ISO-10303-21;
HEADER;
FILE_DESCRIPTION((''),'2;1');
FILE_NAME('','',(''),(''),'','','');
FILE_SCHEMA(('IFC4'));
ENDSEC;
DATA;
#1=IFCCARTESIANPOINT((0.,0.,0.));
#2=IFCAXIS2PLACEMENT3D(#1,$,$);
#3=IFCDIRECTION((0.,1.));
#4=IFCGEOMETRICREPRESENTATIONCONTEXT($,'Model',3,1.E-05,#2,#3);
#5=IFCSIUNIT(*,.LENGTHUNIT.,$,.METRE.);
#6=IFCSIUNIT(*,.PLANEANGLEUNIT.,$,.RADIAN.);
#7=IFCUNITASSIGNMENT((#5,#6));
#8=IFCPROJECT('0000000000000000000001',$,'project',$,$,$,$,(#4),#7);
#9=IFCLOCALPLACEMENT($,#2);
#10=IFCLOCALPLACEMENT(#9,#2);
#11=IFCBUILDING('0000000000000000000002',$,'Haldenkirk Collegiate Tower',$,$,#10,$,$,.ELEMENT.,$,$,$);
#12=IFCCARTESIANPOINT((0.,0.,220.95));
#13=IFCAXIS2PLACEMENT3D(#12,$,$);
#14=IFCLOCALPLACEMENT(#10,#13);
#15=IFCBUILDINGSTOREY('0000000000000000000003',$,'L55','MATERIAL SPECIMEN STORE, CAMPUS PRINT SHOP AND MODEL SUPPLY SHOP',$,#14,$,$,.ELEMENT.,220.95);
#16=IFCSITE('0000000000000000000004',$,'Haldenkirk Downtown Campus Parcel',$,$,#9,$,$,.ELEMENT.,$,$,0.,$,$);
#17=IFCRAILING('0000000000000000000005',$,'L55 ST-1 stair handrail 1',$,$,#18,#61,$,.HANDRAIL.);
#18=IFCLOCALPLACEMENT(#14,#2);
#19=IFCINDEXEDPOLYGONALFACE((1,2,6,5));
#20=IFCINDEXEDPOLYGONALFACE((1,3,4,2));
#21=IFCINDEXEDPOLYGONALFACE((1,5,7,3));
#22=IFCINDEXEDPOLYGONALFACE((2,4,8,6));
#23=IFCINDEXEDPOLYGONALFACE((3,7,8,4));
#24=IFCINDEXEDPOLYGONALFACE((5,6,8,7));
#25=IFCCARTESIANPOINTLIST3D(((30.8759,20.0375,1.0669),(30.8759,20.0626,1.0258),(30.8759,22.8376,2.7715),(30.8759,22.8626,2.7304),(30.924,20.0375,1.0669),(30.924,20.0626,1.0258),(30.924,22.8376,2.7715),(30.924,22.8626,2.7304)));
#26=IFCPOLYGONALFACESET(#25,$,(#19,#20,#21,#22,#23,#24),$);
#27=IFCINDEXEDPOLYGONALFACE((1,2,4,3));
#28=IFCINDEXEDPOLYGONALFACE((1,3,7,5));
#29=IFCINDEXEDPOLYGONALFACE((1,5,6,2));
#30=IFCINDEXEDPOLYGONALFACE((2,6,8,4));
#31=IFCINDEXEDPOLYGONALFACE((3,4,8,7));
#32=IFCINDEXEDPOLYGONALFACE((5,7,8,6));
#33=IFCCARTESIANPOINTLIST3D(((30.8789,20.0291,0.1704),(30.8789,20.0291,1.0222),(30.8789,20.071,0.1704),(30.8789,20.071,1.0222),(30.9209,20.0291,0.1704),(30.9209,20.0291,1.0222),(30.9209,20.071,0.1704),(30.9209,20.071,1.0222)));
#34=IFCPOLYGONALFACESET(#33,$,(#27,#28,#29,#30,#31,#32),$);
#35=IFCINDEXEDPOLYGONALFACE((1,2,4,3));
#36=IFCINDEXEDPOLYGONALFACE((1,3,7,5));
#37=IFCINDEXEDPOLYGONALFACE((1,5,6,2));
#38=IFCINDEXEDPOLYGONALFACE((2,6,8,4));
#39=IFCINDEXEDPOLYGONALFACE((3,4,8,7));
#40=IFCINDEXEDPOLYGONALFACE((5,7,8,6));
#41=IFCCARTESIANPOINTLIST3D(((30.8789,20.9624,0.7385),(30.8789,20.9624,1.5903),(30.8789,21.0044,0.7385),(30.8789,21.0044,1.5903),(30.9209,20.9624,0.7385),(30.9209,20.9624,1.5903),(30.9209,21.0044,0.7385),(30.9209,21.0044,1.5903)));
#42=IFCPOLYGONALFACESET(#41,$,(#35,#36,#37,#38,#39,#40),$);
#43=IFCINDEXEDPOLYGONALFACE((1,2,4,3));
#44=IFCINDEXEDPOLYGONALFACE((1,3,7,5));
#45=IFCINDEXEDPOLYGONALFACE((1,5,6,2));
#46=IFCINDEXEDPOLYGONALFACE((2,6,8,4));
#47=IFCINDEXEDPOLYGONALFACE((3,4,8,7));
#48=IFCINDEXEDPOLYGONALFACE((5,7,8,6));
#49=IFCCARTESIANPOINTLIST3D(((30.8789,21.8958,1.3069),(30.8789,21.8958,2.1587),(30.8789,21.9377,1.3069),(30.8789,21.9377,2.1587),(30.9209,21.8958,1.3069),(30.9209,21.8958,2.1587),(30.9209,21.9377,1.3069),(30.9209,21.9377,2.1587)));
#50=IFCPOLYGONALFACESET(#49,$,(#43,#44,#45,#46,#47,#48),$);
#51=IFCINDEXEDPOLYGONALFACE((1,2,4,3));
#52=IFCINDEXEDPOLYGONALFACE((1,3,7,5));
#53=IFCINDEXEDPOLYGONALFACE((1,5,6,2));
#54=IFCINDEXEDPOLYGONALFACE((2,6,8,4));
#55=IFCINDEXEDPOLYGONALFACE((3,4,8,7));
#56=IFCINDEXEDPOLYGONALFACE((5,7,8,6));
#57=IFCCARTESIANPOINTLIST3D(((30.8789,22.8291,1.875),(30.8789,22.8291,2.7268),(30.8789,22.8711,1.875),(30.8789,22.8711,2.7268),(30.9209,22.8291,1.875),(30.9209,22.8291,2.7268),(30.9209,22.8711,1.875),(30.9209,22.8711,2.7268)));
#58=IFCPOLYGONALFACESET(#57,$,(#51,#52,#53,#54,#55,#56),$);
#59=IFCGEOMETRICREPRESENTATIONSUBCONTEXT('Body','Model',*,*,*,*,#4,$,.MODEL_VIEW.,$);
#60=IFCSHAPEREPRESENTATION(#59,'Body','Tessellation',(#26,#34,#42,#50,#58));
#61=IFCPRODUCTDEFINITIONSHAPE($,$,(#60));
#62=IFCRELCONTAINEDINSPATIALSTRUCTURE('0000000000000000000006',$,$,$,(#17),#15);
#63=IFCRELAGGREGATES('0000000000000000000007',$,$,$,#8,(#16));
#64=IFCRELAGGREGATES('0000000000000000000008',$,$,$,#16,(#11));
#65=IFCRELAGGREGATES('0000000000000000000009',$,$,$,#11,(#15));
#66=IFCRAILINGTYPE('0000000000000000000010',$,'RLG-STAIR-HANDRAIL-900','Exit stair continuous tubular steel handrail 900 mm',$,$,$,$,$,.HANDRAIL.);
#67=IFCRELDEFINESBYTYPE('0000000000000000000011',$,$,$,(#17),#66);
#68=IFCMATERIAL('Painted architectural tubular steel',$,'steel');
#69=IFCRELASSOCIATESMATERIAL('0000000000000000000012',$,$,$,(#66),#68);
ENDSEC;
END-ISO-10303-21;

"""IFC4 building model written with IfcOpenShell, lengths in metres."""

from ifc_helpers import new_model, si_unit, direction, frame, origin, origin_2d, place, context, subcontext, project, spatial, rectangle, extrude, material, type_object, element, save


model = new_model("IFC4")

# Units and contexts
model_context = context("Model", 3, precision=1e-05, world=origin(), true_north=direction((0.0, 1.0)))
body_context = subcontext(model_context, "Body", "Model", "MODEL_VIEW")
ifc_project = project(units=[si_unit("LENGTHUNIT", "METRE"), si_unit("PLANEANGLEUNIT", "RADIAN")], contexts=[model_context])

# Site, building, storey
site_placement = place(None, origin())
site = spatial("IfcSite", under=ifc_project, at=site_placement, Name="Haldenkirk Downtown Campus Parcel", CompositionType="ELEMENT", RefElevation=0.0)
building_placement = place(site_placement, origin())
building = spatial("IfcBuilding", under=site, at=building_placement, Name="Haldenkirk Collegiate Tower", CompositionType="ELEMENT")
storey_placement = place(building_placement, frame((0.0, 0.0, 220.95)))
storey = spatial("IfcBuildingStorey", under=building, at=storey_placement, Name="L55", Description="MATERIAL SPECIMEN STORE, CAMPUS PRINT SHOP AND MODEL SUPPLY SHOP", CompositionType="ELEMENT", Elevation=220.95)

# Railing
ifc_material_1 = material(Name="Painted architectural tubular steel", Category="steel")
railing_type_1 = type_object("IfcRailingType", Name="RLG-STAIR-HANDRAIL-900", Description="Exit stair continuous tubular steel handrail 900 mm", PredefinedType="HANDRAIL", material=ifc_material_1)
railing_1_placement = place(storey_placement, frame((30.8999, 20.05, 0.1704)))
element("IfcRailing", 1, at=railing_1_placement, inside=storey, type_object=railing_type_1, Name="L55 ST-1 stair handrail 1", PredefinedType="HANDRAIL", context=body_context, shape_type="SweptSolid", body=[
    extrude(rectangle(XDim=0.0481, YDim=0.0481, at=origin_2d()), frame((0.0, 0.0, 0.876), z_axis=(0.0, 0.85417, 0.519994), x_axis=(-1.0, 0.0, 0.0)), (0.0, 0.0, 1.0), 3.2781),
    extrude(rectangle(XDim=0.042, YDim=0.042, at=origin_2d()), origin(), (0.0, 0.0, 1.0), 0.8518),
    extrude(rectangle(XDim=0.042, YDim=0.042, at=origin_2d()), frame((0.0, 0.9333, 0.5681)), (0.0, 0.0, 1.0), 0.8518),
    extrude(rectangle(XDim=0.042, YDim=0.042, at=origin_2d()), frame((0.0, 1.8667, 1.1365)), (0.0, 0.0, 1.0), 0.8518),
    extrude(rectangle(XDim=0.042, YDim=0.042, at=origin_2d()), frame((0.0, 2.8, 1.7046)), (0.0, 0.0, 1.0), 0.8518),
])

save(model, "model.ifc")
